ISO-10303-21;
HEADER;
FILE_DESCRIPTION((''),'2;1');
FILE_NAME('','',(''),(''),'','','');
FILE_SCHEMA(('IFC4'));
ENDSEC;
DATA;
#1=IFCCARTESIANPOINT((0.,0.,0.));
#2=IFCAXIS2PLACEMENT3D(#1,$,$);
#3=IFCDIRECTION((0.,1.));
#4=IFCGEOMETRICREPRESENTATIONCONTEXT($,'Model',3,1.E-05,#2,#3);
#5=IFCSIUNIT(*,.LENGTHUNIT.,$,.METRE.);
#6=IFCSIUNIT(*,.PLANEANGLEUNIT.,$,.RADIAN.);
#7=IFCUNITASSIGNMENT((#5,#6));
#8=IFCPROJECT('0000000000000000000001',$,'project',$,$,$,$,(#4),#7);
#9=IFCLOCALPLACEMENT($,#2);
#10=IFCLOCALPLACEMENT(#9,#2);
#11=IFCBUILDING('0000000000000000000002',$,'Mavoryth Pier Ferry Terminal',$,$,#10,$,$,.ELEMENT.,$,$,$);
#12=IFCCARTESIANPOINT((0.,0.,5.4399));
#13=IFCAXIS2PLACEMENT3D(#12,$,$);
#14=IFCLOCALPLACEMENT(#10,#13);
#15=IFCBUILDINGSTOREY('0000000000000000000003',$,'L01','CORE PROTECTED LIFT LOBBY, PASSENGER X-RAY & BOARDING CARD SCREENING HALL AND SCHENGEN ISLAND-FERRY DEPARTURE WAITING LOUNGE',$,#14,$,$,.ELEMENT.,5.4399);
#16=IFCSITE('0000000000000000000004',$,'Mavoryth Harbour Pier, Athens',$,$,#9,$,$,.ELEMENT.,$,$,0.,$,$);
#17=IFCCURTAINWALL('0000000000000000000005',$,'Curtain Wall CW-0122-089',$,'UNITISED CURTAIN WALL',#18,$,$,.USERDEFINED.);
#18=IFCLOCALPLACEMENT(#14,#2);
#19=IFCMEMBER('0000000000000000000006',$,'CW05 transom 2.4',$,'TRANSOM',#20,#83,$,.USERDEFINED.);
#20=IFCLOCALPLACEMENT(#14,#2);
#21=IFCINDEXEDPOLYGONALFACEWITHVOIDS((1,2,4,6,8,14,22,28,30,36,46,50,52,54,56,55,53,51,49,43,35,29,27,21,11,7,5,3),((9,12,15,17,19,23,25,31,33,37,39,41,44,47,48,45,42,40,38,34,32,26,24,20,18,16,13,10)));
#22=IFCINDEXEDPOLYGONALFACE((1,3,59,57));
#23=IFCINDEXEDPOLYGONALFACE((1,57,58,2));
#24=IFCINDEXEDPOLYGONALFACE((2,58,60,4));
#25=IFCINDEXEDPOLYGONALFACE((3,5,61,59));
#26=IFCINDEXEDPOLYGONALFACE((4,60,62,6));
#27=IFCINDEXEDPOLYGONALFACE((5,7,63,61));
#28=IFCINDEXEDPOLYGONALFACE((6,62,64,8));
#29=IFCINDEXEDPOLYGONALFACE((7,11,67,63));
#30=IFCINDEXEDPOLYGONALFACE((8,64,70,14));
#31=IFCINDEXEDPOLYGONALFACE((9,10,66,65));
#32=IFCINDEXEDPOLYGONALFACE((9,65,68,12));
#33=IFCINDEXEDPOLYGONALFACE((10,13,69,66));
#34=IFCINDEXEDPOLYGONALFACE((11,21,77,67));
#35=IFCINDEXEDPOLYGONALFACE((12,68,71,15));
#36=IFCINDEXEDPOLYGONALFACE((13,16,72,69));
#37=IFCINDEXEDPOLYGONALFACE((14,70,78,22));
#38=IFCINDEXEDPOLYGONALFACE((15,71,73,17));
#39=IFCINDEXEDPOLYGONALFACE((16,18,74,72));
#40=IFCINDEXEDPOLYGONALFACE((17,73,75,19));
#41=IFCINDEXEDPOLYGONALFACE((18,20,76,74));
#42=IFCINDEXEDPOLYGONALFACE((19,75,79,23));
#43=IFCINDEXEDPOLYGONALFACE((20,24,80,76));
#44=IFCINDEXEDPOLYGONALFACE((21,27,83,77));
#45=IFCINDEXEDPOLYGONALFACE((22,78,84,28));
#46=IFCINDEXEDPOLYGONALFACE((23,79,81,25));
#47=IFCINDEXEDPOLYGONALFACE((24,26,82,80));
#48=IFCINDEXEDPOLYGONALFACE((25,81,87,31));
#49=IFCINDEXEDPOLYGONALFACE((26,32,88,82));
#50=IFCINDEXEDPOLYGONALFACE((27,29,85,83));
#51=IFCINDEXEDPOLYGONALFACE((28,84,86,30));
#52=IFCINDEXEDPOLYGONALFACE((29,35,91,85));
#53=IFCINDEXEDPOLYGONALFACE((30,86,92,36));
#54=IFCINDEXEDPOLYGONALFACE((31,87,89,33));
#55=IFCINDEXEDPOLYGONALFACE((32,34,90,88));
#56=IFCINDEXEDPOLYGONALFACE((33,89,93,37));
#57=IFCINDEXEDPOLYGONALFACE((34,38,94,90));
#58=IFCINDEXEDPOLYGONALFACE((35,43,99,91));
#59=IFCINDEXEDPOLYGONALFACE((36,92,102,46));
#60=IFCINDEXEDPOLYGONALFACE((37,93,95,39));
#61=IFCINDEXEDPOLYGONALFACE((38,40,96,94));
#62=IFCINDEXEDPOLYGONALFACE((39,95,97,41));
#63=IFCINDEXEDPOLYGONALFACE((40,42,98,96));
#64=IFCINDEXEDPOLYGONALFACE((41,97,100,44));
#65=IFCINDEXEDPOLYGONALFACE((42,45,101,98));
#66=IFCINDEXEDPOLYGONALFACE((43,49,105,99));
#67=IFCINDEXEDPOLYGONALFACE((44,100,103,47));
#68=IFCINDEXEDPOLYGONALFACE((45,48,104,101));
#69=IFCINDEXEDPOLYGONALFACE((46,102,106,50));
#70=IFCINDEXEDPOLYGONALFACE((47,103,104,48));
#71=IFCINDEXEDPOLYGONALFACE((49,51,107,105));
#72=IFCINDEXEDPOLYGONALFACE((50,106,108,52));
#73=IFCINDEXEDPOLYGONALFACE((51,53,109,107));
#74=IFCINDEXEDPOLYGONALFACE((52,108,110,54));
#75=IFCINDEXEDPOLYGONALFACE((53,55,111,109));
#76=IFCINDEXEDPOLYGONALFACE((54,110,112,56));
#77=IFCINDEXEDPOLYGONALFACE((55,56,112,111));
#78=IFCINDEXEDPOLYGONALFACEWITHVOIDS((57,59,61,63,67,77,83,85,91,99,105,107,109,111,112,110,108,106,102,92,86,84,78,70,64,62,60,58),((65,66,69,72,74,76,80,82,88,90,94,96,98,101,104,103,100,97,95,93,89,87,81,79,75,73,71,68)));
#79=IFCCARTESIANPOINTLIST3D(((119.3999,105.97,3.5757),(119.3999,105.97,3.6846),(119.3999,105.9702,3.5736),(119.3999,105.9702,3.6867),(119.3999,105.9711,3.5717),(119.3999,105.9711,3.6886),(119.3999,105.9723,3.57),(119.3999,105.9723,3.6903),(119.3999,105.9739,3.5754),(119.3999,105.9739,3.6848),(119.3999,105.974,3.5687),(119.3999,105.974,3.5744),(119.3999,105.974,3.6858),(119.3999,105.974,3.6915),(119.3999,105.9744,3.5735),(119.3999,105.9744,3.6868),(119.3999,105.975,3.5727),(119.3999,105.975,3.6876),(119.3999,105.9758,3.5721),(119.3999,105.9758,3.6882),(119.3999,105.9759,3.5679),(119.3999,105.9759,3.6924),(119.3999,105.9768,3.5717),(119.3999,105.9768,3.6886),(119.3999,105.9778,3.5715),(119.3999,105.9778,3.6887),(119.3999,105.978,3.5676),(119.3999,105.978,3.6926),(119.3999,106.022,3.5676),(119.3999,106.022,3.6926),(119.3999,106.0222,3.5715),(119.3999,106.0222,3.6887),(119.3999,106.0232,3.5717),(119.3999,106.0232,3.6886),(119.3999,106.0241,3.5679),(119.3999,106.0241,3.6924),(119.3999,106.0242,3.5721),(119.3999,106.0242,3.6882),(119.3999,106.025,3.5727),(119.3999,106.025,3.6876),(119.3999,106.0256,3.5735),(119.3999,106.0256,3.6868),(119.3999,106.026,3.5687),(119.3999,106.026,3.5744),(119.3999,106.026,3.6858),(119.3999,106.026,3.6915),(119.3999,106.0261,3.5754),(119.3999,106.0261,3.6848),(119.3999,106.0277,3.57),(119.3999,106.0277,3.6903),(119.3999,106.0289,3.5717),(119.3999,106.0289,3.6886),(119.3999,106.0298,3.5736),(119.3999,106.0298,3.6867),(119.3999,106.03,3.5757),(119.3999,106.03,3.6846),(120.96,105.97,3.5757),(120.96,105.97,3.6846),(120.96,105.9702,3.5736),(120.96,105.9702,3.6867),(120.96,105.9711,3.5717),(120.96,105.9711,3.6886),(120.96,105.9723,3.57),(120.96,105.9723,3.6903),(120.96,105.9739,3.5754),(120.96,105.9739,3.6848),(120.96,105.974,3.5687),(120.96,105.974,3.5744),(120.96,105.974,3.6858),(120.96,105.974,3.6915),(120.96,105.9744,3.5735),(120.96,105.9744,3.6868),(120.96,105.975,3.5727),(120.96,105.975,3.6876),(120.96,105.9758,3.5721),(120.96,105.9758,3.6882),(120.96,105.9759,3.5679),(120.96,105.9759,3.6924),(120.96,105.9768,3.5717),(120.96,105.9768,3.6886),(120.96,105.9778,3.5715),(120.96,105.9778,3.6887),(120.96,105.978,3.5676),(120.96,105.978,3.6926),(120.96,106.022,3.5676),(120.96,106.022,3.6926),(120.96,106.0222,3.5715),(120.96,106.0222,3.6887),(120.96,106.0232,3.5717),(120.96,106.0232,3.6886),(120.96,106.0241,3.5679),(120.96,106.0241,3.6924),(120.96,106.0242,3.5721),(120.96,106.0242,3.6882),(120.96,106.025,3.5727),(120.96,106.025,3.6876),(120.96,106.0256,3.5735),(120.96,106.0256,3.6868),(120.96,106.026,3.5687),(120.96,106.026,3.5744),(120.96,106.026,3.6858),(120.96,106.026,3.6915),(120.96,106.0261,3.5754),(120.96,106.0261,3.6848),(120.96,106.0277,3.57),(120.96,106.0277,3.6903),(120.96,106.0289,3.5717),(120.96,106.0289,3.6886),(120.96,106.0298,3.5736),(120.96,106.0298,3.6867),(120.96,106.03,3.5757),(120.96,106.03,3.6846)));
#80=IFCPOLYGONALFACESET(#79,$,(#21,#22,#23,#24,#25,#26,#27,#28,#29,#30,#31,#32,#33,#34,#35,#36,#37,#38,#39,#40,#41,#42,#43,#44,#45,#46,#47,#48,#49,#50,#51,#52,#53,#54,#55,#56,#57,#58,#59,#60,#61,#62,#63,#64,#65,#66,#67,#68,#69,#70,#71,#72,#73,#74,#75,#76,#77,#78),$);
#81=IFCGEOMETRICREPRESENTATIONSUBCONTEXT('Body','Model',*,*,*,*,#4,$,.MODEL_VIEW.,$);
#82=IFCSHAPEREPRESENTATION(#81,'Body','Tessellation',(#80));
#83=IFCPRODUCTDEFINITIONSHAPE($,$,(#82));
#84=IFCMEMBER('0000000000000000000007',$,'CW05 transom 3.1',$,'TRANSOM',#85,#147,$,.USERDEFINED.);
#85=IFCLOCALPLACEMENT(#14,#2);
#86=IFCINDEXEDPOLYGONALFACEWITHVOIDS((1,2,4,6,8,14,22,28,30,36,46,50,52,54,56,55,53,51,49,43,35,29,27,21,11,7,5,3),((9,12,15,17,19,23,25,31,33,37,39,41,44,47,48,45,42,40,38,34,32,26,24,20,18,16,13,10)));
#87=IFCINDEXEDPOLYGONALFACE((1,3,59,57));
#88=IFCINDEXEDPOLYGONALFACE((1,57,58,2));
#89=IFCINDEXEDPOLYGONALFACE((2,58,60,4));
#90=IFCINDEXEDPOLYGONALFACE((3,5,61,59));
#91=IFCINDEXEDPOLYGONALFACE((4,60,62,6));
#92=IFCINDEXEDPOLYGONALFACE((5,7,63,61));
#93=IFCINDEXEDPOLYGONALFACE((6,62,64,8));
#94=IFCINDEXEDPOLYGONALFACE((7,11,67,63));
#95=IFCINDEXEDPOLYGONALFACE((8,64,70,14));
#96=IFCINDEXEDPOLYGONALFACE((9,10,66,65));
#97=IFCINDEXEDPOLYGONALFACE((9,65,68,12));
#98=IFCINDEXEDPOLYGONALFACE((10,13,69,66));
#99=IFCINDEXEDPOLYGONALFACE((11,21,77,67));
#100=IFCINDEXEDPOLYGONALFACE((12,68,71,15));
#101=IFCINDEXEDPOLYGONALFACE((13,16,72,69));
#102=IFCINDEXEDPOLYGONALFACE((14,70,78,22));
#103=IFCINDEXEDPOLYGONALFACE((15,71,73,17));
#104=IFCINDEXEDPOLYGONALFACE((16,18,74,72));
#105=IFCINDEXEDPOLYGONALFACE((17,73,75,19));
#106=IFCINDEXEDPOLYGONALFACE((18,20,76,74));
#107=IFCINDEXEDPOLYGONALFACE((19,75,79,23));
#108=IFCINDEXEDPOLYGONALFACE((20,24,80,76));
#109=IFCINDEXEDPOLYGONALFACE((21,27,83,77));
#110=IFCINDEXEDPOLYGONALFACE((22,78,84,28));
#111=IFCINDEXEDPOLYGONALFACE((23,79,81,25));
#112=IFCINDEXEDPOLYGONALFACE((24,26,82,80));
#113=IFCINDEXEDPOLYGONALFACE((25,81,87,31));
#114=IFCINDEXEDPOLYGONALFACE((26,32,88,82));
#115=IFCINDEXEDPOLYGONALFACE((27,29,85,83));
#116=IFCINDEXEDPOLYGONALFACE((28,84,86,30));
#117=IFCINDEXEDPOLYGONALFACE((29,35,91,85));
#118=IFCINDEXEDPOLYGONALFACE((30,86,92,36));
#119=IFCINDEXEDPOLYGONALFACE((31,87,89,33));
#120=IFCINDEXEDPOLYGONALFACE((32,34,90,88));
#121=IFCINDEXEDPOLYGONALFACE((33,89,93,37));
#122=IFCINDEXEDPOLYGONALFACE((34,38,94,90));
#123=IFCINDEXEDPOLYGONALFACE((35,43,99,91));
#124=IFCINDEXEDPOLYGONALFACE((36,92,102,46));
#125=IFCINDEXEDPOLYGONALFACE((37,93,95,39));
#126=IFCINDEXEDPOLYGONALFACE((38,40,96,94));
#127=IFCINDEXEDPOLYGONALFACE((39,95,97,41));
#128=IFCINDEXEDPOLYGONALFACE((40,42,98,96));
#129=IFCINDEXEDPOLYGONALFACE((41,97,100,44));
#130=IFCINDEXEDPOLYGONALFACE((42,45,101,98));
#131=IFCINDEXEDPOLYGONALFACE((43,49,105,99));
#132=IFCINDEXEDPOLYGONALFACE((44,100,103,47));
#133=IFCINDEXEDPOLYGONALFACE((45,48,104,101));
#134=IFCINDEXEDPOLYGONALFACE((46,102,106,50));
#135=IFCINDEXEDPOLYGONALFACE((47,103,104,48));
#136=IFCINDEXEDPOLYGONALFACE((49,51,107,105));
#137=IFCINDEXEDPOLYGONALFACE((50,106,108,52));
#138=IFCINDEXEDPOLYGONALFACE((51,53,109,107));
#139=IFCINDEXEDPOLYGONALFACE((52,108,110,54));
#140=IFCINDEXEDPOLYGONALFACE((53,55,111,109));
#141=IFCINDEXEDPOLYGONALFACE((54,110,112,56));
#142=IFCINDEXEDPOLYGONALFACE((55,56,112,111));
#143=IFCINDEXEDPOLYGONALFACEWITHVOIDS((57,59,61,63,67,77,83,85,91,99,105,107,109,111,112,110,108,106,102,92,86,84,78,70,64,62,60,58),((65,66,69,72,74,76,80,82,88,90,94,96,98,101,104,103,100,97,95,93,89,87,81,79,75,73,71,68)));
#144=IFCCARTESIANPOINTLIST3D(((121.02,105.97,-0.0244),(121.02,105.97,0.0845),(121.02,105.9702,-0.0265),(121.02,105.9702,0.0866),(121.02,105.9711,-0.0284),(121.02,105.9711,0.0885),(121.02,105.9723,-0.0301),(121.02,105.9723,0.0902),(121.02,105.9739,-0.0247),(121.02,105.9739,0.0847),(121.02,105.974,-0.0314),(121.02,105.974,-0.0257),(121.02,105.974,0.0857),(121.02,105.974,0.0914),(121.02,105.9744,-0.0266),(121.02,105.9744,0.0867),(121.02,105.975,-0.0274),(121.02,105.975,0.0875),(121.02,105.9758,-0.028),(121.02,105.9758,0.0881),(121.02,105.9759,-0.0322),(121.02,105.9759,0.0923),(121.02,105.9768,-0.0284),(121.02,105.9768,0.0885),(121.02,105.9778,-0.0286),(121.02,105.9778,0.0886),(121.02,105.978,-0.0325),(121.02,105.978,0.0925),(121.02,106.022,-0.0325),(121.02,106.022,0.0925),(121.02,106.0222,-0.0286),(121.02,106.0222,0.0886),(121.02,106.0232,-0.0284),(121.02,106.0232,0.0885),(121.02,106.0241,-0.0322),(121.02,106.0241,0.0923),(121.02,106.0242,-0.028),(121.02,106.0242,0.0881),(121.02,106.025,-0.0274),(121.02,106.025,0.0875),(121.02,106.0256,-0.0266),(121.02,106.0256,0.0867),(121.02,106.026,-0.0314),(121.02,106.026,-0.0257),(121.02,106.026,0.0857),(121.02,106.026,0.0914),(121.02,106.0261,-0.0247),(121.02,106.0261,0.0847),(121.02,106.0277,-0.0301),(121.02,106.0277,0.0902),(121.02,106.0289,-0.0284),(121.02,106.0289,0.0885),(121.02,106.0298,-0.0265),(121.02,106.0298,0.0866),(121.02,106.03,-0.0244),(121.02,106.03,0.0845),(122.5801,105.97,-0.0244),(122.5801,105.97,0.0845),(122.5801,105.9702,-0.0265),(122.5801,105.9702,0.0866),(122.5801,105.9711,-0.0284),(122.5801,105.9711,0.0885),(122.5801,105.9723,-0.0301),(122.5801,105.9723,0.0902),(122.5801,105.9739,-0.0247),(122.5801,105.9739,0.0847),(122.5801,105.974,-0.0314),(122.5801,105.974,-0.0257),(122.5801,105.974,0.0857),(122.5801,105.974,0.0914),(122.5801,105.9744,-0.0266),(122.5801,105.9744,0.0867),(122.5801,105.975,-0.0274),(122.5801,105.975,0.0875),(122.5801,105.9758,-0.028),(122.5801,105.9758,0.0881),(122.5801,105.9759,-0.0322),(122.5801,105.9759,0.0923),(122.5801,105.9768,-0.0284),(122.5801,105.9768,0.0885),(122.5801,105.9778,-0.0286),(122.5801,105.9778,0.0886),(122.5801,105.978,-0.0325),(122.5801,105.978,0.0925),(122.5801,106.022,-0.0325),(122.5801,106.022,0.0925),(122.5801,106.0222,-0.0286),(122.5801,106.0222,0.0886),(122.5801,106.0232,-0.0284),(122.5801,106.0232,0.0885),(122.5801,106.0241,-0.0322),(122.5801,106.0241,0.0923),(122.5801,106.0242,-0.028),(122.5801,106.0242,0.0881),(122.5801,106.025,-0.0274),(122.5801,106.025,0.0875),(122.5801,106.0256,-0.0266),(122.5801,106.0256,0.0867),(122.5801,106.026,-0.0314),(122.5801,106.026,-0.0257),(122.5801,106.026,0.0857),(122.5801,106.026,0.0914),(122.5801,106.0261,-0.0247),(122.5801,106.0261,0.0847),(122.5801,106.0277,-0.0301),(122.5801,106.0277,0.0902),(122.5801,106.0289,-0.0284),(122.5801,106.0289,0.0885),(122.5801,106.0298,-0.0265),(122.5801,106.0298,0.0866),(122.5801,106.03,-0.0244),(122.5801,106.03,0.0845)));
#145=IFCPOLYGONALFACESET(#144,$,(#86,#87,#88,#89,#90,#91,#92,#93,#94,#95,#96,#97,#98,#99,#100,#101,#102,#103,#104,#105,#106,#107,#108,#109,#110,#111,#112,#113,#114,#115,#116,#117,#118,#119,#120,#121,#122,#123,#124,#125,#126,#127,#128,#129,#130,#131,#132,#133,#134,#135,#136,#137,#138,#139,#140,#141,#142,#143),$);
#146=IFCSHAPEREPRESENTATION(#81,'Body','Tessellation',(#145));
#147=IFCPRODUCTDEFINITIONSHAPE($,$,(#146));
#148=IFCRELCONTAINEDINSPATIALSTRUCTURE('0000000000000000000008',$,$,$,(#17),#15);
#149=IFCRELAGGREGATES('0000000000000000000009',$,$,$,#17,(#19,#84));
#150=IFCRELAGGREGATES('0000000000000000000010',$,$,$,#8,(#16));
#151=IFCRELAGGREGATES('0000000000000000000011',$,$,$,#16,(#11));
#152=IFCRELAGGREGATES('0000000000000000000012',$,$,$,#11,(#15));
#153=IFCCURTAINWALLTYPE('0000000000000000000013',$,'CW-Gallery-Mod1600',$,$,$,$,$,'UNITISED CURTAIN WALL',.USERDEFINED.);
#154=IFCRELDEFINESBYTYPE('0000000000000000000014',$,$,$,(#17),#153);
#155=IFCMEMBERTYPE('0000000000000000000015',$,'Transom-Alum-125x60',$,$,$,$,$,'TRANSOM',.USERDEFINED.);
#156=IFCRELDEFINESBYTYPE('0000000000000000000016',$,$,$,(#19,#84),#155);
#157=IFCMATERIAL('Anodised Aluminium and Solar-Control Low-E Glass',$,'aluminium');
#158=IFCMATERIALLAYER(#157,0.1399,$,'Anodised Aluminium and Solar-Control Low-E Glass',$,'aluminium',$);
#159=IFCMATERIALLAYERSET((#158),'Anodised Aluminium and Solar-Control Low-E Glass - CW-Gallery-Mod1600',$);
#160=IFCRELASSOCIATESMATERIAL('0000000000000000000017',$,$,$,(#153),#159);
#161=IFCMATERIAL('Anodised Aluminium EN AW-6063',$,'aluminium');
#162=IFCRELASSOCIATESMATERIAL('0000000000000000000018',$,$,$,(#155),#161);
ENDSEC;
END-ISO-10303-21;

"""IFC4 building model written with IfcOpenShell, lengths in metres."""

from ifc_helpers import new_model, si_unit, direction, frame, origin, origin_2d, place, context, subcontext, project, spatial, hollow_rectangle, extrude, material, layer, layer_set, material_profile, profile_set, type_object, element, aggregate, save


model = new_model("IFC4")

# Units and contexts
model_context = context("Model", 3, precision=1e-05, world=origin(), true_north=direction((0.0, 1.0)))
body_context = subcontext(model_context, "Body", "Model", "MODEL_VIEW")
ifc_project = project(units=[si_unit("LENGTHUNIT", "METRE"), si_unit("PLANEANGLEUNIT", "RADIAN")], contexts=[model_context])

# Site, building, storey
site_placement = place(None, origin())
site = spatial("IfcSite", under=ifc_project, at=site_placement, Name="Mavoryth Harbour Pier, Athens", CompositionType="ELEMENT", RefElevation=0.0)
building_placement = place(site_placement, origin())
building = spatial("IfcBuilding", under=site, at=building_placement, Name="Mavoryth Pier Ferry Terminal", CompositionType="ELEMENT")
storey_placement = place(building_placement, frame((0.0, 0.0, 5.4399)))
storey = spatial("IfcBuildingStorey", under=building, at=storey_placement, Name="L01", Description="CORE PROTECTED LIFT LOBBY, PASSENGER X-RAY & BOARDING CARD SCREENING HALL AND SCHENGEN ISLAND-FERRY DEPARTURE WAITING LOUNGE", CompositionType="ELEMENT", Elevation=5.4399)

# Curtain wall, members
ifc_material_1 = material(Name="Anodised Aluminium and Solar-Control Low-E Glass", Category="aluminium")
ifc_layer_1 = layer(ifc_material_1, 0.1399, Name="Anodised Aluminium and Solar-Control Low-E Glass", Category="aluminium")
ifc_layer_set_1 = layer_set([ifc_layer_1], Name="Anodised Aluminium and Solar-Control Low-E Glass - CW-Gallery-Mod1600")
curtain_wall_type = type_object("IfcCurtainWallType", Name="CW-Gallery-Mod1600", ElementType="UNITISED CURTAIN WALL", PredefinedType="USERDEFINED", material=ifc_layer_set_1)
curtain_wall_1_placement = place(storey_placement, origin())
curtain_wall_1 = element("IfcCurtainWall", 1, at=curtain_wall_1_placement, inside=storey, type_object=curtain_wall_type, Name="Curtain Wall CW-0122-089", ObjectType="UNITISED CURTAIN WALL", PredefinedType="USERDEFINED")
ifc_material_2 = material(Name="Anodised Aluminium EN AW-6063", Category="aluminium")
ifc_material_profile_1 = material_profile(ifc_material_2, hollow_rectangle(XDim=0.0601, YDim=0.125, WallThickness=0.0039, InnerFilletRadius=0.0039, OuterFilletRadius=0.0081, at=origin_2d()), Name="AL-TRAN 125x60x4", Category="aluminium")
ifc_profile_set_1 = profile_set([ifc_material_profile_1], Name="Anodised Aluminium EN AW-6063 - AL-TRAN 125x60x4")
member_type_1 = type_object("IfcMemberType", Name="Transom-Alum-125x60", ElementType="TRANSOM", PredefinedType="USERDEFINED", material=ifc_profile_set_1)
member_1_placement = place(storey_placement, frame((119.3999, 106.0, 3.6301), z_axis=(1.0, 0.0, 0.0), x_axis=(0.0, 1.0, 0.0)))
member_1 = element("IfcMember", 2, at=member_1_placement, type_object=member_type_1, Name="CW05 transom 2.4", ObjectType="TRANSOM", PredefinedType="USERDEFINED", context=body_context, shape_type="SweptSolid", body=[
    extrude(hollow_rectangle(XDim=0.0601, YDim=0.125, WallThickness=0.0039, InnerFilletRadius=0.0039, OuterFilletRadius=0.0081, at=origin_2d()), origin(), (0.0, 0.0, 1.0), 1.5601),
])
member_2_placement = place(storey_placement, frame((121.02, 106.0, 0.03), z_axis=(1.0, 0.0, 0.0), x_axis=(0.0, 1.0, 0.0)))
member_2 = element("IfcMember", 3, at=member_2_placement, type_object=member_type_1, Name="CW05 transom 3.1", ObjectType="TRANSOM", PredefinedType="USERDEFINED", context=body_context, shape_type="SweptSolid", body=[
    extrude(hollow_rectangle(XDim=0.0601, YDim=0.125, WallThickness=0.0039, InnerFilletRadius=0.0039, OuterFilletRadius=0.0081, at=origin_2d()), origin(), (0.0, 0.0, 1.0), 1.5601),
])

aggregate(curtain_wall_1, [member_1, member_2])

save(model, "model.ifc")
